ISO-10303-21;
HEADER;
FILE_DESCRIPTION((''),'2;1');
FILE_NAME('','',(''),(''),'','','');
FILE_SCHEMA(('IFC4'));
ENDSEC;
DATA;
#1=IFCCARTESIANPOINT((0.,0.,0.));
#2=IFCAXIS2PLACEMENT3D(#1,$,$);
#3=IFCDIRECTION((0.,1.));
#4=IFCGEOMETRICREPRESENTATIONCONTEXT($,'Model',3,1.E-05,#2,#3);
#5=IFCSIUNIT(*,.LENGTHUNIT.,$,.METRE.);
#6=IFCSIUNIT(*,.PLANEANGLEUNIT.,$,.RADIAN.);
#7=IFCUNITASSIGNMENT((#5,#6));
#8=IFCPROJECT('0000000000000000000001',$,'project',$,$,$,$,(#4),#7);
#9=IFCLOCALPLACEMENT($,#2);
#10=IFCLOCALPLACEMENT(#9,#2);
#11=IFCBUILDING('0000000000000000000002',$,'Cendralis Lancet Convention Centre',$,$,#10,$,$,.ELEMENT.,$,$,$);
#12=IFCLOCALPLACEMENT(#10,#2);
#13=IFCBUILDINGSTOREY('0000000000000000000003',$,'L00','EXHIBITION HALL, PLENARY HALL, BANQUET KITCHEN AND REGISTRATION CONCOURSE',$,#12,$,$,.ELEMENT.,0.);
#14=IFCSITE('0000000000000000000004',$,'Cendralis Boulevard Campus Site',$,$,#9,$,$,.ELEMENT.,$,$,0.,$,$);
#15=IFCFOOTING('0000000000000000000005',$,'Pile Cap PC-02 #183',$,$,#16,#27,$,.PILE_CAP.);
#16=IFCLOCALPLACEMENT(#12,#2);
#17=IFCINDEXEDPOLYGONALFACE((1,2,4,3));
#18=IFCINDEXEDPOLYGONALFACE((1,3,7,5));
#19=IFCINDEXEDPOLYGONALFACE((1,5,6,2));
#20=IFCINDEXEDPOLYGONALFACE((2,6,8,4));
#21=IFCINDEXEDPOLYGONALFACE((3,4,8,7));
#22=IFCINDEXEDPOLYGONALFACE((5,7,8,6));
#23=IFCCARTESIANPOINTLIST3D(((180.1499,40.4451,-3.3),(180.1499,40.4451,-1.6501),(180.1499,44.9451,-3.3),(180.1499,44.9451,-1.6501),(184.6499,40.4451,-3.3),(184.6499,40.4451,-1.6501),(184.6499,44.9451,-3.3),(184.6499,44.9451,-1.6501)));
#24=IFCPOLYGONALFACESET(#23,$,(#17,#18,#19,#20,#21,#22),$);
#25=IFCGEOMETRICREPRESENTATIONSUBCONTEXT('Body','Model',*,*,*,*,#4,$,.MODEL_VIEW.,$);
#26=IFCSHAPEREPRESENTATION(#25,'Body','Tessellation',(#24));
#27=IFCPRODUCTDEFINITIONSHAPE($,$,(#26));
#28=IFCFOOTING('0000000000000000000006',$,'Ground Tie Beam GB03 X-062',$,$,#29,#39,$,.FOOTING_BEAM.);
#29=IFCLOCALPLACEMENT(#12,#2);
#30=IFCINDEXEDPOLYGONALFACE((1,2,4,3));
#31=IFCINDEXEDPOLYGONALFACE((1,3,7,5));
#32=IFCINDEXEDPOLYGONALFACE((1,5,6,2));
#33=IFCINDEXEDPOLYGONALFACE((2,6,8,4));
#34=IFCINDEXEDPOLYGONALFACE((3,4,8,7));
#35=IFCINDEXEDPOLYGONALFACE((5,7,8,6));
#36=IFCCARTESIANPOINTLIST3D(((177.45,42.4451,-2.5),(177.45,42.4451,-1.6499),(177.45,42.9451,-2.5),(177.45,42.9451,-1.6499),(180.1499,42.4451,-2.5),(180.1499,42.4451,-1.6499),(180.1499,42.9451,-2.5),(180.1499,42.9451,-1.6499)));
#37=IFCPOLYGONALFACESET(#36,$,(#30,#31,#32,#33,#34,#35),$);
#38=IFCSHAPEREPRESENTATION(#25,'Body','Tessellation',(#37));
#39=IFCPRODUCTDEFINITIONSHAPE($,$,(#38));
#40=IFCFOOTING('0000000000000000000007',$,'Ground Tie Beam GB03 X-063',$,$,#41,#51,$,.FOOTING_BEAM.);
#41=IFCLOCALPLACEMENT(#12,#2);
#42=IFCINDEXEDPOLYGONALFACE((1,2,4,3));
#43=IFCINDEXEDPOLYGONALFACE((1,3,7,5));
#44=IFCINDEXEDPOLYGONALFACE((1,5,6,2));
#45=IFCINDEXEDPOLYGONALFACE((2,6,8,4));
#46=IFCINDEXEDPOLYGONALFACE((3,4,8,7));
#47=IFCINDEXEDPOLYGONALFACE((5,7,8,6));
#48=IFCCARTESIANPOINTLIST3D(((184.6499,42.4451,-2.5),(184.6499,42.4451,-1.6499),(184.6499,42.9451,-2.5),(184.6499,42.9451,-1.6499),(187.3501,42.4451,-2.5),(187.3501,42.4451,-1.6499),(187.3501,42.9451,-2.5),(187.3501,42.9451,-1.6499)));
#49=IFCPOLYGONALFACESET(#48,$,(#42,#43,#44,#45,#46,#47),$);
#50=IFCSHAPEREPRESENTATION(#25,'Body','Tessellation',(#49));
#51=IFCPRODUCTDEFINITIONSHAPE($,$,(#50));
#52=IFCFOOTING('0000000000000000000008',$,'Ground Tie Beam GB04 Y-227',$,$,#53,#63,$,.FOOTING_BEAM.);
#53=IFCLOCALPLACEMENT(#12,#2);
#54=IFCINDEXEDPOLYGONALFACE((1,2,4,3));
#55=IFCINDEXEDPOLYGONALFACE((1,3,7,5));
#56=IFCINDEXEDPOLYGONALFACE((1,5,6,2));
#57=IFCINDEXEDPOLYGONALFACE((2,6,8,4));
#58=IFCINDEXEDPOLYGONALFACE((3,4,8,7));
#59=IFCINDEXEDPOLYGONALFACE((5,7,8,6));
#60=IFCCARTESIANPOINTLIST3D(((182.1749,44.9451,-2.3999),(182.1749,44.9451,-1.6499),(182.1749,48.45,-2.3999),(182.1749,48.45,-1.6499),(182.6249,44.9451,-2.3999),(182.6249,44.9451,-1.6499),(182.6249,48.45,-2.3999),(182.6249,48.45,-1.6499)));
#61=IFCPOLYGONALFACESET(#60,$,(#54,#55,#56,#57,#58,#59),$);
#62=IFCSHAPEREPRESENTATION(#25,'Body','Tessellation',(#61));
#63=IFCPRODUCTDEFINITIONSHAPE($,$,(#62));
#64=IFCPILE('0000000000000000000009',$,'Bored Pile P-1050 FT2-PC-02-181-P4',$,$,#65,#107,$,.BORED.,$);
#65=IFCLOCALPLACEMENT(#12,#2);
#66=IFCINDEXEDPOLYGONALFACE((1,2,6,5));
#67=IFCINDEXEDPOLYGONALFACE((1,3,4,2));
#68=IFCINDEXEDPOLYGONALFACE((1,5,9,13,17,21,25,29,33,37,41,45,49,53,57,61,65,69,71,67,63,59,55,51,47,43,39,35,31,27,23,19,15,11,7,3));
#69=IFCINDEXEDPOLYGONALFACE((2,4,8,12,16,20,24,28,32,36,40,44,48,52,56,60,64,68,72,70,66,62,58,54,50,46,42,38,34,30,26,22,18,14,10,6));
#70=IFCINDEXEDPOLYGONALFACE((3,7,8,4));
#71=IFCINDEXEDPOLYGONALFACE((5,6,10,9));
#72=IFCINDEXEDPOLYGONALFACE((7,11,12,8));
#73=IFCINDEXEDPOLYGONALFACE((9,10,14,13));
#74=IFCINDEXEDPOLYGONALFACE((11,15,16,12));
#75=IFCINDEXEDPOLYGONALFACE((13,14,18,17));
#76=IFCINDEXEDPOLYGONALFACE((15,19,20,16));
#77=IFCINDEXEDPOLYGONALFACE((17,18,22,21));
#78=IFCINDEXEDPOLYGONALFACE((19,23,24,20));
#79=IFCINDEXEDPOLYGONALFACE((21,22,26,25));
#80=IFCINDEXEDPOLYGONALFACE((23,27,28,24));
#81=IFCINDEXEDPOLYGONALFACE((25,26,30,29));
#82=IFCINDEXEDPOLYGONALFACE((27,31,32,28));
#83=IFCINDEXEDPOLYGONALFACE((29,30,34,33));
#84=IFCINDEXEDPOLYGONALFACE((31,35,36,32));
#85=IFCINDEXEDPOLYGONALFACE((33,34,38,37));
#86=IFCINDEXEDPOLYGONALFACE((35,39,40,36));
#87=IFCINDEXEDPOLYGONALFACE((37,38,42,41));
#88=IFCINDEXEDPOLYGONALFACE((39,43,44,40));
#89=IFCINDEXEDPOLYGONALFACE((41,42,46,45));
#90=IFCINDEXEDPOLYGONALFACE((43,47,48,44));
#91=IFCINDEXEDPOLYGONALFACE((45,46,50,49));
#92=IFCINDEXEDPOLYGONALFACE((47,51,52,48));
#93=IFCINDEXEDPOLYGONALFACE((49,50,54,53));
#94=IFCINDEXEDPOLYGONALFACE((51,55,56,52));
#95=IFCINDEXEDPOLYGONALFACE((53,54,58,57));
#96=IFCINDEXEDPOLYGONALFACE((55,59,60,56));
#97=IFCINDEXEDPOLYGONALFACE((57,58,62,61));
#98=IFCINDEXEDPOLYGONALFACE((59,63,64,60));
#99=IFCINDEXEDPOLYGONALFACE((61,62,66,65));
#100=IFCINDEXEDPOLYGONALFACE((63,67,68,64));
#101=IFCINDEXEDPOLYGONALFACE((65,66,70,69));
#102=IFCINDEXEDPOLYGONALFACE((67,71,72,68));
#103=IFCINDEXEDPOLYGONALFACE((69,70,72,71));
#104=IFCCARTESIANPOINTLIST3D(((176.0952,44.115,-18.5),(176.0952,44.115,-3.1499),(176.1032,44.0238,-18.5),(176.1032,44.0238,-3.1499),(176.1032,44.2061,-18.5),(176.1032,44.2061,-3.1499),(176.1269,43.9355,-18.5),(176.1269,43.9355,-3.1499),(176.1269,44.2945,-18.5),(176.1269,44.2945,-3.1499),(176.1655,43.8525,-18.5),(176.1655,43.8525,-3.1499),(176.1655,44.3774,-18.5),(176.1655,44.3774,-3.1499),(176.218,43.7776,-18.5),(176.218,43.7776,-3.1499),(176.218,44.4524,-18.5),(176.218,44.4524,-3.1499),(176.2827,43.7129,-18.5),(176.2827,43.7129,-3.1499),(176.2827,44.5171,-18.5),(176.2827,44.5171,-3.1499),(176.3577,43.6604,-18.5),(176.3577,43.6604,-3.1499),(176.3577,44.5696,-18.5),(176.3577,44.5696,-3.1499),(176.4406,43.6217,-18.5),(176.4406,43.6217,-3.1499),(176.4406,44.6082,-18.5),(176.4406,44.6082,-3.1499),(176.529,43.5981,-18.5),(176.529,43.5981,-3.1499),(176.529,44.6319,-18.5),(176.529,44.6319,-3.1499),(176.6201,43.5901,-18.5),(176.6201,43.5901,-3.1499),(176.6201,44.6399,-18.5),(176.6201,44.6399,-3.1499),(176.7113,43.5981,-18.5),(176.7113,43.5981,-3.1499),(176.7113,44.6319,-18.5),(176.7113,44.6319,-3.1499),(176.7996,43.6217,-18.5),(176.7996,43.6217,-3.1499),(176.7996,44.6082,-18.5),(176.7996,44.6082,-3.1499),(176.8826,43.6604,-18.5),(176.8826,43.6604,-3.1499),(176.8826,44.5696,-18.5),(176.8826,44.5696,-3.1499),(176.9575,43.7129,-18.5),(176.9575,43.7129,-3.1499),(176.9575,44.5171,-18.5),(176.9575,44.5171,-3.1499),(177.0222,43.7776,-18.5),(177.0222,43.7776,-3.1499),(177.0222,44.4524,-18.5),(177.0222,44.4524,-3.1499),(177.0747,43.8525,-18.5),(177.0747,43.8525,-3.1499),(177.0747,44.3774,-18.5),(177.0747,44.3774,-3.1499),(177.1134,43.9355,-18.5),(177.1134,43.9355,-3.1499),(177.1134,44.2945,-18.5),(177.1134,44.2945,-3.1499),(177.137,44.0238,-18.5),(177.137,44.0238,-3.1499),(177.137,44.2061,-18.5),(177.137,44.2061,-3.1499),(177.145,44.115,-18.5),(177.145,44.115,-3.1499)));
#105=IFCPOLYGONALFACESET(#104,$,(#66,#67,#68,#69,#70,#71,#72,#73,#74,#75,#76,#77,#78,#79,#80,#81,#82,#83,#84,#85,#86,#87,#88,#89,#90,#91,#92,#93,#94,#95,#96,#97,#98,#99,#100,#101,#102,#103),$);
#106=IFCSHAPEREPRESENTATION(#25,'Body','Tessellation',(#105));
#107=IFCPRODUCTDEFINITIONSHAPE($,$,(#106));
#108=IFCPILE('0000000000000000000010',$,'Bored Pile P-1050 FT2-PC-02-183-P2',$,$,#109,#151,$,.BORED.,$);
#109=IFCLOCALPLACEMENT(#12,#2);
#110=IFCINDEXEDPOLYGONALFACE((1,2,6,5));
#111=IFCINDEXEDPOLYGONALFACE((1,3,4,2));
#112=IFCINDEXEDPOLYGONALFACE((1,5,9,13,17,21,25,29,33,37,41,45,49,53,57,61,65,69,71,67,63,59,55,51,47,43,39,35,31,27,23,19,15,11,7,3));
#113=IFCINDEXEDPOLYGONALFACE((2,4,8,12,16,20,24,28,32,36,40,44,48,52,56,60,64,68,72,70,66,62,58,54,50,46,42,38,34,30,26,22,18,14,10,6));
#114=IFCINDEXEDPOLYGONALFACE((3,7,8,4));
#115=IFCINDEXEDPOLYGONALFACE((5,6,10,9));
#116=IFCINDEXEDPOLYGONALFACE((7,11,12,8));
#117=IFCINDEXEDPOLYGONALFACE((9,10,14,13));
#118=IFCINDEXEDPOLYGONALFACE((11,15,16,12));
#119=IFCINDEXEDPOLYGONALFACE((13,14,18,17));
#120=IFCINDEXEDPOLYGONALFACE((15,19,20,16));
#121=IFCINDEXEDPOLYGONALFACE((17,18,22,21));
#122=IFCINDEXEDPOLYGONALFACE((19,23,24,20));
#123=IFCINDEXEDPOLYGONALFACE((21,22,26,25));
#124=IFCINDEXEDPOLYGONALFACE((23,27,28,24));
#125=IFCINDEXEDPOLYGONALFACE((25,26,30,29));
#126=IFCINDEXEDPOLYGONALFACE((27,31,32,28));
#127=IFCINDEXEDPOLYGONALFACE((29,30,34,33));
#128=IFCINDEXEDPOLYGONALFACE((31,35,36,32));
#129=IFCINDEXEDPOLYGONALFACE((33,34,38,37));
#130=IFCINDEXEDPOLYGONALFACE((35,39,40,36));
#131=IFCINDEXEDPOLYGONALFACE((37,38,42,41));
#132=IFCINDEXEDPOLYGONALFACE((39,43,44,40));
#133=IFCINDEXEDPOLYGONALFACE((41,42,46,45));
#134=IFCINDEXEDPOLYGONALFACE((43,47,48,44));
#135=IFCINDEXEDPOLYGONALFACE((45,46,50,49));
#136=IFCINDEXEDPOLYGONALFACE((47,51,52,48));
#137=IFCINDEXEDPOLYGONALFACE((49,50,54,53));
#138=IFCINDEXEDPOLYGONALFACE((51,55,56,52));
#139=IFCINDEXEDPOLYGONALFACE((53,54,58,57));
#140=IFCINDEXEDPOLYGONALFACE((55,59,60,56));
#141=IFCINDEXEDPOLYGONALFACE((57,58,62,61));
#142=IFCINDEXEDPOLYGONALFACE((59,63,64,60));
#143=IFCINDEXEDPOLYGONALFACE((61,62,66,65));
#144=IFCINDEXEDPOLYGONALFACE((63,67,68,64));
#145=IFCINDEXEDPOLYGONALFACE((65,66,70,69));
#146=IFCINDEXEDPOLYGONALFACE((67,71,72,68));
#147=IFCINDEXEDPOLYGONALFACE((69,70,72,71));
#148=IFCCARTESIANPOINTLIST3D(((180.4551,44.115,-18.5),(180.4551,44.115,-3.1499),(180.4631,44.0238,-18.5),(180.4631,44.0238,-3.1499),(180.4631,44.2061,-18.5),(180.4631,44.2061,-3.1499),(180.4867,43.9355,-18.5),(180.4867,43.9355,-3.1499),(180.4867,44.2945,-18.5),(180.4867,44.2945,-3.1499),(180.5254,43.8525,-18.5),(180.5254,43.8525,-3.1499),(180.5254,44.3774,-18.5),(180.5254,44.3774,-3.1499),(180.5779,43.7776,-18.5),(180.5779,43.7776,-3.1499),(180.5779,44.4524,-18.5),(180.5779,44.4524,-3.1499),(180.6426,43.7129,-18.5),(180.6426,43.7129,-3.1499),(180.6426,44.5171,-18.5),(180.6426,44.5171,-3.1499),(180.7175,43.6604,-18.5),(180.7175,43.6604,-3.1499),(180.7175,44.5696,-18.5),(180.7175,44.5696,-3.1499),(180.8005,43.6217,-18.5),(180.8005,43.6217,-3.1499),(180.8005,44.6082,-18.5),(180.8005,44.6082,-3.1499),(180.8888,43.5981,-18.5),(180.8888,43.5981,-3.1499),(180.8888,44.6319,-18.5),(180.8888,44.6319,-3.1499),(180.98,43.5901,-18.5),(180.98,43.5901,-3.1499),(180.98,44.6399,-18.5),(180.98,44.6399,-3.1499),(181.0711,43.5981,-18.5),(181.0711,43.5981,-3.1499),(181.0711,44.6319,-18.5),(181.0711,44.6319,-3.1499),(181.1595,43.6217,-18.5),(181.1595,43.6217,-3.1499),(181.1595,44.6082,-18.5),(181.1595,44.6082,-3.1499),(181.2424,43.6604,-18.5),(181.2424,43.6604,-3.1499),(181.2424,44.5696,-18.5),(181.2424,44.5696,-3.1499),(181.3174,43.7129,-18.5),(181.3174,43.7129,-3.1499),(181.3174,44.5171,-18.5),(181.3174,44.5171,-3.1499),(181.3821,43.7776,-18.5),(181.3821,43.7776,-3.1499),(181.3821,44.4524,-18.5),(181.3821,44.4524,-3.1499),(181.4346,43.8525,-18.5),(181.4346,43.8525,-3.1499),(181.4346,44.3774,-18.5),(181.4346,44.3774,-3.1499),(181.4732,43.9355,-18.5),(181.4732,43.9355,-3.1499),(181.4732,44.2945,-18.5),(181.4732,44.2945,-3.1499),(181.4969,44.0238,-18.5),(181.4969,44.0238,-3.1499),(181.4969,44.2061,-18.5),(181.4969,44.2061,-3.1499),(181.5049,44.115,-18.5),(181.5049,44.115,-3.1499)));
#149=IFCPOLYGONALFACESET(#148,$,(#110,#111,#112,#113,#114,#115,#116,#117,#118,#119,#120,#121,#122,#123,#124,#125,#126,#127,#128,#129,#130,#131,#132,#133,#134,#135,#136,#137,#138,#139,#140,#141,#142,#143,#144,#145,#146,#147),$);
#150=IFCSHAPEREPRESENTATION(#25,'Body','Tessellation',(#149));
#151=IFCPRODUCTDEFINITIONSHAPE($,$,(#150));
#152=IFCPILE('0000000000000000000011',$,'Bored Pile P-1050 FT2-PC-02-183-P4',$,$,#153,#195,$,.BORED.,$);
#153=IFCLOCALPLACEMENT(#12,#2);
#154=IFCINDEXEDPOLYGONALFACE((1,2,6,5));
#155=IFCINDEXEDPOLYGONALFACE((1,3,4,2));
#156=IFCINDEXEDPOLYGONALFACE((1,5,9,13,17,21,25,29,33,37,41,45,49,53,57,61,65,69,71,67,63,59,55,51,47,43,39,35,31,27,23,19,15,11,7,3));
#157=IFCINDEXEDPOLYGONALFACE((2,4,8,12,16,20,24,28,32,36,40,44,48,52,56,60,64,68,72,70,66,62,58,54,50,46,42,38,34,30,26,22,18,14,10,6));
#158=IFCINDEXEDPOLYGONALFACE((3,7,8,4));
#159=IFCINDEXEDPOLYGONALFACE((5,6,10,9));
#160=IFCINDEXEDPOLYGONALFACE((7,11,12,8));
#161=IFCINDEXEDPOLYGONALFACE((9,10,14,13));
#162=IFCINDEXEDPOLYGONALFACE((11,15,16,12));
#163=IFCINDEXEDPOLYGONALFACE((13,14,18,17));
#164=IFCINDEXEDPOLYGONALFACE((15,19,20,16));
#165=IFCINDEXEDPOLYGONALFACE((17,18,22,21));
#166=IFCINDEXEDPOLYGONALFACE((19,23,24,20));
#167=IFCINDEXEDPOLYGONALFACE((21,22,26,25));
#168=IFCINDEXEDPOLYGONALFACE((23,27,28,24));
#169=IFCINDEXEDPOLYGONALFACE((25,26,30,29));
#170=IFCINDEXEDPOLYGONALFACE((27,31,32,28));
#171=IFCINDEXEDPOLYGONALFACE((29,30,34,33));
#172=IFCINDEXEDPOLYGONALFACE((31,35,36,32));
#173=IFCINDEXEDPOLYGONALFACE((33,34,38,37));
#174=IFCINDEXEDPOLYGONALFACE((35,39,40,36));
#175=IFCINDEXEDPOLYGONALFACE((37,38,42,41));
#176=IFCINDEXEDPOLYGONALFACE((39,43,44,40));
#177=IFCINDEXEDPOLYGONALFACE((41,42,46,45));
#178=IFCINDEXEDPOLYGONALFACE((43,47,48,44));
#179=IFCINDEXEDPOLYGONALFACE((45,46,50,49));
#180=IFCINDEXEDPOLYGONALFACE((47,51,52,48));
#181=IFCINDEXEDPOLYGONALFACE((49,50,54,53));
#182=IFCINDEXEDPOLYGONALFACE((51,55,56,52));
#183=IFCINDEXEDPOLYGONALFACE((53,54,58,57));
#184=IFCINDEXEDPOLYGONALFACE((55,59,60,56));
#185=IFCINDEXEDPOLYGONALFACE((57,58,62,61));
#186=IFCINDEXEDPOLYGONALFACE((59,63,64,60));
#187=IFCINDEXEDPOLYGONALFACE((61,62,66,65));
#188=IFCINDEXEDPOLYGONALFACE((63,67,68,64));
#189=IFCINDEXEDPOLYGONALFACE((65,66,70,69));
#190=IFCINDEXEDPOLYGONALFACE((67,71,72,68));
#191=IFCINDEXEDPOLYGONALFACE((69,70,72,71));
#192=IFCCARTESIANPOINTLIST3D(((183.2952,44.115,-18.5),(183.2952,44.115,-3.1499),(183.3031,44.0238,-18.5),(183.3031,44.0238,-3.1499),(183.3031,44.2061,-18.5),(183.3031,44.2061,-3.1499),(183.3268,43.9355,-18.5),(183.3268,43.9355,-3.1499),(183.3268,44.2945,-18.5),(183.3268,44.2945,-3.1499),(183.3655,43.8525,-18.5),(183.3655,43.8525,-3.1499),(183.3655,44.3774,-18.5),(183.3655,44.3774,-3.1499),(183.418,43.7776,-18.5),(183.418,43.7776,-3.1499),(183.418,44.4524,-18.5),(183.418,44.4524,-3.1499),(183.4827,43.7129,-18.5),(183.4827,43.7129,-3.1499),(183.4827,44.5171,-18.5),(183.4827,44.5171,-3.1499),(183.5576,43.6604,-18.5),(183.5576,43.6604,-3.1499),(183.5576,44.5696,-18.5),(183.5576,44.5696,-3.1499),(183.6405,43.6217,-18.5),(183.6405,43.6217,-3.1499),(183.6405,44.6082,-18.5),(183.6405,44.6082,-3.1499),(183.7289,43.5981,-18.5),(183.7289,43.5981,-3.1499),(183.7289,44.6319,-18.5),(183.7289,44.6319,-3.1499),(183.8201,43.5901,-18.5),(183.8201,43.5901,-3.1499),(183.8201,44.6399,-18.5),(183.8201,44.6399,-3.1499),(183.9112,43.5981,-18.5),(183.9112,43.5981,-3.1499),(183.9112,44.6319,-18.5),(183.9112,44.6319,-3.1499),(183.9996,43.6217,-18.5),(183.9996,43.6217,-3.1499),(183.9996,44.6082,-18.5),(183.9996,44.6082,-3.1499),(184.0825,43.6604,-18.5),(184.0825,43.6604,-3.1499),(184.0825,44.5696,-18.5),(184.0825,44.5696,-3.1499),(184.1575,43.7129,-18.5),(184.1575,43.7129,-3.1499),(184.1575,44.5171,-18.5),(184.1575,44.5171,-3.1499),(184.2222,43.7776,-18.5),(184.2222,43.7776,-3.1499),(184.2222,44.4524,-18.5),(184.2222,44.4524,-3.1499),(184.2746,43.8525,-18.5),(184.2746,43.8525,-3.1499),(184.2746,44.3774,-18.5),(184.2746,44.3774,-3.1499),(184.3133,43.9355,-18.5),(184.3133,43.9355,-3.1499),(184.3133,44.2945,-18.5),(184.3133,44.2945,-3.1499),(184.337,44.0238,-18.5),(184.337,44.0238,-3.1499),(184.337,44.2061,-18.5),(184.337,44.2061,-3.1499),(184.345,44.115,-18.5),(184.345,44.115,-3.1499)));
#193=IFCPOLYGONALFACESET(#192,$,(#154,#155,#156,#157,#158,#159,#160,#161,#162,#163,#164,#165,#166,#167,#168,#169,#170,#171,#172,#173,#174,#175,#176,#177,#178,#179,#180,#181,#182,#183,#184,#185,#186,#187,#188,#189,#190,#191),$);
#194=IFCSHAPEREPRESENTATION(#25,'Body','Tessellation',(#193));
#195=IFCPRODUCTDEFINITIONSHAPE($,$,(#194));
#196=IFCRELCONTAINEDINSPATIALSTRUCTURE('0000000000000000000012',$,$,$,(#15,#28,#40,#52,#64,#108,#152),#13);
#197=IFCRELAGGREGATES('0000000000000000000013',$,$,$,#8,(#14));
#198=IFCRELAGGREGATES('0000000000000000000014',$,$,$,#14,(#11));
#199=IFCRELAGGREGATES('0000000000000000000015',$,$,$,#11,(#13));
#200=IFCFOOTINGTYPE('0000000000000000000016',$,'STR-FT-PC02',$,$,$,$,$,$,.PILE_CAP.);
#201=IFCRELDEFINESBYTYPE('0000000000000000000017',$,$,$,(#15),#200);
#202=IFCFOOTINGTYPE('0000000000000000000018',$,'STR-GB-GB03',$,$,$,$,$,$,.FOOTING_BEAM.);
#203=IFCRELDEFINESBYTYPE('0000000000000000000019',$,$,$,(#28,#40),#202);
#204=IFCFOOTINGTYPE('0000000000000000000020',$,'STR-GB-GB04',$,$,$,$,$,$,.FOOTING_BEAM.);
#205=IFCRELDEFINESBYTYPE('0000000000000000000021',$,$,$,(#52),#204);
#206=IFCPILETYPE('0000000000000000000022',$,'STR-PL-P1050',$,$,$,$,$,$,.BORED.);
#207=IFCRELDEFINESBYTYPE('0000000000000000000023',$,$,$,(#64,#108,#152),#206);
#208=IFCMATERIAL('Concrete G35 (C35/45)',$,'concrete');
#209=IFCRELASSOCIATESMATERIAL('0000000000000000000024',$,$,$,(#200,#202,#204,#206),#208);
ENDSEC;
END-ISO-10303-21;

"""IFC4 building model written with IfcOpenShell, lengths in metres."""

from ifc_helpers import new_model, si_unit, direction, frame, origin, origin_2d, place, context, subcontext, project, spatial, rectangle, circle, extrude, material, material_profile, profile_set, type_object, element, save


model = new_model("IFC4")

# Units and contexts
model_context = context("Model", 3, precision=1e-05, world=origin(), true_north=direction((0.0, 1.0)))
body_context = subcontext(model_context, "Body", "Model", "MODEL_VIEW")
ifc_project = project(units=[si_unit("LENGTHUNIT", "METRE"), si_unit("PLANEANGLEUNIT", "RADIAN")], contexts=[model_context])

# Site, building, storey
site_placement = place(None, origin())
site = spatial("IfcSite", under=ifc_project, at=site_placement, Name="Cendralis Boulevard Campus Site", CompositionType="ELEMENT", RefElevation=0.0)
building_placement = place(site_placement, origin())
building = spatial("IfcBuilding", under=site, at=building_placement, Name="Cendralis Lancet Convention Centre", CompositionType="ELEMENT")
storey_placement = place(building_placement, origin())
storey = spatial("IfcBuildingStorey", under=building, at=storey_placement, Name="L00", Description="EXHIBITION HALL, PLENARY HALL, BANQUET KITCHEN AND REGISTRATION CONCOURSE", CompositionType="ELEMENT", Elevation=0.0)

# Footings
ifc_material_1 = material(Name="Concrete G35 (C35/45)", Category="concrete")
footing_type_1 = type_object("IfcFootingType", Name="STR-FT-PC02", PredefinedType="PILE_CAP", material=ifc_material_1)
footing_1_placement = place(storey_placement, frame((182.3999, 42.6951, -3.3), z_axis=(0.0, 0.0, 1.0), x_axis=(1.0, 0.0, 0.0)))
element("IfcFooting", 1, at=footing_1_placement, inside=storey, type_object=footing_type_1, Name="Pile Cap PC-02 #183", PredefinedType="PILE_CAP", context=body_context, shape_type="SweptSolid", body=[
    extrude(rectangle(XDim=4.5, YDim=4.5, at=origin_2d()), origin(), (0.0, 0.0, 1.0), 1.6499),
])
ifc_material_profile_1 = material_profile(ifc_material_1, rectangle(XDim=0.5, YDim=0.8501, at=origin_2d()), Name="RCB 500x850")
ifc_profile_set_1 = profile_set([ifc_material_profile_1], Name="Concrete G35 (C35/45)")
footing_type_2 = type_object("IfcFootingType", Name="STR-GB-GB03", PredefinedType="FOOTING_BEAM", material=ifc_profile_set_1)
footing_2_placement = place(storey_placement, frame((177.45, 42.6951, -2.075), z_axis=(1.0, 0.0, 0.0), x_axis=(0.0, 1.0, 0.0)))
element("IfcFooting", 2, at=footing_2_placement, inside=storey, type_object=footing_type_2, Name="Ground Tie Beam GB03 X-062", PredefinedType="FOOTING_BEAM", context=body_context, shape_type="SweptSolid", body=[
    extrude(rectangle(XDim=0.5, YDim=0.8501, at=origin_2d()), origin(), (0.0, 0.0, 1.0), 2.7),
])
footing_3_placement = place(storey_placement, frame((184.6499, 42.6951, -2.075), z_axis=(1.0, 0.0, 0.0), x_axis=(0.0, 1.0, 0.0)))
element("IfcFooting", 3, at=footing_3_placement, inside=storey, type_object=footing_type_2, Name="Ground Tie Beam GB03 X-063", PredefinedType="FOOTING_BEAM", context=body_context, shape_type="SweptSolid", body=[
    extrude(rectangle(XDim=0.5, YDim=0.8501, at=origin_2d()), origin(), (0.0, 0.0, 1.0), 2.7002),
])
ifc_material_profile_2 = material_profile(ifc_material_1, rectangle(XDim=0.45, YDim=0.75, at=origin_2d()), Name="RCB 450x750")
ifc_profile_set_2 = profile_set([ifc_material_profile_2], Name="Concrete G35 (C35/45)")
footing_type_3 = type_object("IfcFootingType", Name="STR-GB-GB04", PredefinedType="FOOTING_BEAM", material=ifc_profile_set_2)
footing_4_placement = place(storey_placement, frame((182.3999, 44.9451, -2.0249), z_axis=(0.0, 1.0, 0.0), x_axis=(-1.0, 0.0, 0.0)))
element("IfcFooting", 4, at=footing_4_placement, inside=storey, type_object=footing_type_3, Name="Ground Tie Beam GB04 Y-227", PredefinedType="FOOTING_BEAM", context=body_context, shape_type="SweptSolid", body=[
    extrude(rectangle(XDim=0.45, YDim=0.75, at=origin_2d()), origin(), (0.0, 0.0, 1.0), 3.5049),
])

# Piles
ifc_material_profile_3 = material_profile(ifc_material_1, circle(Radius=0.5249, at=origin_2d()), Name="BORED PILE D1050")
ifc_profile_set_3 = profile_set([ifc_material_profile_3], Name="Concrete G35 (C35/45)")
pile_type = type_object("IfcPileType", Name="STR-PL-P1050", PredefinedType="BORED", material=ifc_profile_set_3)
for number, where, z_axis, x_axis, name in (
    (5, (176.6201, 44.115, -3.1499), (0.0, 0.0, -1.0), (1.0, 0.0, 0.0), "Bored Pile P-1050 FT2-PC-02-181-P4"),
    (6, (180.98, 44.115, -3.1499), (0.0, 0.0, -1.0), (1.0, 0.0, 0.0), "Bored Pile P-1050 FT2-PC-02-183-P2"),
    (7, (183.8201, 44.115, -3.1499), (0.0, 0.0, -1.0), (1.0, 0.0, 0.0), "Bored Pile P-1050 FT2-PC-02-183-P4"),
):
    element("IfcPile", number, at=place(storey_placement, frame(where, z_axis=z_axis, x_axis=x_axis)), inside=storey, type_object=pile_type, Name=name, PredefinedType="BORED", context=body_context, shape_type="SweptSolid", body=[
        extrude(circle(Radius=0.5249, at=origin_2d()), origin(), (0.0, 0.0, 1.0), 15.3501),
    ])

save(model, "model.ifc")
